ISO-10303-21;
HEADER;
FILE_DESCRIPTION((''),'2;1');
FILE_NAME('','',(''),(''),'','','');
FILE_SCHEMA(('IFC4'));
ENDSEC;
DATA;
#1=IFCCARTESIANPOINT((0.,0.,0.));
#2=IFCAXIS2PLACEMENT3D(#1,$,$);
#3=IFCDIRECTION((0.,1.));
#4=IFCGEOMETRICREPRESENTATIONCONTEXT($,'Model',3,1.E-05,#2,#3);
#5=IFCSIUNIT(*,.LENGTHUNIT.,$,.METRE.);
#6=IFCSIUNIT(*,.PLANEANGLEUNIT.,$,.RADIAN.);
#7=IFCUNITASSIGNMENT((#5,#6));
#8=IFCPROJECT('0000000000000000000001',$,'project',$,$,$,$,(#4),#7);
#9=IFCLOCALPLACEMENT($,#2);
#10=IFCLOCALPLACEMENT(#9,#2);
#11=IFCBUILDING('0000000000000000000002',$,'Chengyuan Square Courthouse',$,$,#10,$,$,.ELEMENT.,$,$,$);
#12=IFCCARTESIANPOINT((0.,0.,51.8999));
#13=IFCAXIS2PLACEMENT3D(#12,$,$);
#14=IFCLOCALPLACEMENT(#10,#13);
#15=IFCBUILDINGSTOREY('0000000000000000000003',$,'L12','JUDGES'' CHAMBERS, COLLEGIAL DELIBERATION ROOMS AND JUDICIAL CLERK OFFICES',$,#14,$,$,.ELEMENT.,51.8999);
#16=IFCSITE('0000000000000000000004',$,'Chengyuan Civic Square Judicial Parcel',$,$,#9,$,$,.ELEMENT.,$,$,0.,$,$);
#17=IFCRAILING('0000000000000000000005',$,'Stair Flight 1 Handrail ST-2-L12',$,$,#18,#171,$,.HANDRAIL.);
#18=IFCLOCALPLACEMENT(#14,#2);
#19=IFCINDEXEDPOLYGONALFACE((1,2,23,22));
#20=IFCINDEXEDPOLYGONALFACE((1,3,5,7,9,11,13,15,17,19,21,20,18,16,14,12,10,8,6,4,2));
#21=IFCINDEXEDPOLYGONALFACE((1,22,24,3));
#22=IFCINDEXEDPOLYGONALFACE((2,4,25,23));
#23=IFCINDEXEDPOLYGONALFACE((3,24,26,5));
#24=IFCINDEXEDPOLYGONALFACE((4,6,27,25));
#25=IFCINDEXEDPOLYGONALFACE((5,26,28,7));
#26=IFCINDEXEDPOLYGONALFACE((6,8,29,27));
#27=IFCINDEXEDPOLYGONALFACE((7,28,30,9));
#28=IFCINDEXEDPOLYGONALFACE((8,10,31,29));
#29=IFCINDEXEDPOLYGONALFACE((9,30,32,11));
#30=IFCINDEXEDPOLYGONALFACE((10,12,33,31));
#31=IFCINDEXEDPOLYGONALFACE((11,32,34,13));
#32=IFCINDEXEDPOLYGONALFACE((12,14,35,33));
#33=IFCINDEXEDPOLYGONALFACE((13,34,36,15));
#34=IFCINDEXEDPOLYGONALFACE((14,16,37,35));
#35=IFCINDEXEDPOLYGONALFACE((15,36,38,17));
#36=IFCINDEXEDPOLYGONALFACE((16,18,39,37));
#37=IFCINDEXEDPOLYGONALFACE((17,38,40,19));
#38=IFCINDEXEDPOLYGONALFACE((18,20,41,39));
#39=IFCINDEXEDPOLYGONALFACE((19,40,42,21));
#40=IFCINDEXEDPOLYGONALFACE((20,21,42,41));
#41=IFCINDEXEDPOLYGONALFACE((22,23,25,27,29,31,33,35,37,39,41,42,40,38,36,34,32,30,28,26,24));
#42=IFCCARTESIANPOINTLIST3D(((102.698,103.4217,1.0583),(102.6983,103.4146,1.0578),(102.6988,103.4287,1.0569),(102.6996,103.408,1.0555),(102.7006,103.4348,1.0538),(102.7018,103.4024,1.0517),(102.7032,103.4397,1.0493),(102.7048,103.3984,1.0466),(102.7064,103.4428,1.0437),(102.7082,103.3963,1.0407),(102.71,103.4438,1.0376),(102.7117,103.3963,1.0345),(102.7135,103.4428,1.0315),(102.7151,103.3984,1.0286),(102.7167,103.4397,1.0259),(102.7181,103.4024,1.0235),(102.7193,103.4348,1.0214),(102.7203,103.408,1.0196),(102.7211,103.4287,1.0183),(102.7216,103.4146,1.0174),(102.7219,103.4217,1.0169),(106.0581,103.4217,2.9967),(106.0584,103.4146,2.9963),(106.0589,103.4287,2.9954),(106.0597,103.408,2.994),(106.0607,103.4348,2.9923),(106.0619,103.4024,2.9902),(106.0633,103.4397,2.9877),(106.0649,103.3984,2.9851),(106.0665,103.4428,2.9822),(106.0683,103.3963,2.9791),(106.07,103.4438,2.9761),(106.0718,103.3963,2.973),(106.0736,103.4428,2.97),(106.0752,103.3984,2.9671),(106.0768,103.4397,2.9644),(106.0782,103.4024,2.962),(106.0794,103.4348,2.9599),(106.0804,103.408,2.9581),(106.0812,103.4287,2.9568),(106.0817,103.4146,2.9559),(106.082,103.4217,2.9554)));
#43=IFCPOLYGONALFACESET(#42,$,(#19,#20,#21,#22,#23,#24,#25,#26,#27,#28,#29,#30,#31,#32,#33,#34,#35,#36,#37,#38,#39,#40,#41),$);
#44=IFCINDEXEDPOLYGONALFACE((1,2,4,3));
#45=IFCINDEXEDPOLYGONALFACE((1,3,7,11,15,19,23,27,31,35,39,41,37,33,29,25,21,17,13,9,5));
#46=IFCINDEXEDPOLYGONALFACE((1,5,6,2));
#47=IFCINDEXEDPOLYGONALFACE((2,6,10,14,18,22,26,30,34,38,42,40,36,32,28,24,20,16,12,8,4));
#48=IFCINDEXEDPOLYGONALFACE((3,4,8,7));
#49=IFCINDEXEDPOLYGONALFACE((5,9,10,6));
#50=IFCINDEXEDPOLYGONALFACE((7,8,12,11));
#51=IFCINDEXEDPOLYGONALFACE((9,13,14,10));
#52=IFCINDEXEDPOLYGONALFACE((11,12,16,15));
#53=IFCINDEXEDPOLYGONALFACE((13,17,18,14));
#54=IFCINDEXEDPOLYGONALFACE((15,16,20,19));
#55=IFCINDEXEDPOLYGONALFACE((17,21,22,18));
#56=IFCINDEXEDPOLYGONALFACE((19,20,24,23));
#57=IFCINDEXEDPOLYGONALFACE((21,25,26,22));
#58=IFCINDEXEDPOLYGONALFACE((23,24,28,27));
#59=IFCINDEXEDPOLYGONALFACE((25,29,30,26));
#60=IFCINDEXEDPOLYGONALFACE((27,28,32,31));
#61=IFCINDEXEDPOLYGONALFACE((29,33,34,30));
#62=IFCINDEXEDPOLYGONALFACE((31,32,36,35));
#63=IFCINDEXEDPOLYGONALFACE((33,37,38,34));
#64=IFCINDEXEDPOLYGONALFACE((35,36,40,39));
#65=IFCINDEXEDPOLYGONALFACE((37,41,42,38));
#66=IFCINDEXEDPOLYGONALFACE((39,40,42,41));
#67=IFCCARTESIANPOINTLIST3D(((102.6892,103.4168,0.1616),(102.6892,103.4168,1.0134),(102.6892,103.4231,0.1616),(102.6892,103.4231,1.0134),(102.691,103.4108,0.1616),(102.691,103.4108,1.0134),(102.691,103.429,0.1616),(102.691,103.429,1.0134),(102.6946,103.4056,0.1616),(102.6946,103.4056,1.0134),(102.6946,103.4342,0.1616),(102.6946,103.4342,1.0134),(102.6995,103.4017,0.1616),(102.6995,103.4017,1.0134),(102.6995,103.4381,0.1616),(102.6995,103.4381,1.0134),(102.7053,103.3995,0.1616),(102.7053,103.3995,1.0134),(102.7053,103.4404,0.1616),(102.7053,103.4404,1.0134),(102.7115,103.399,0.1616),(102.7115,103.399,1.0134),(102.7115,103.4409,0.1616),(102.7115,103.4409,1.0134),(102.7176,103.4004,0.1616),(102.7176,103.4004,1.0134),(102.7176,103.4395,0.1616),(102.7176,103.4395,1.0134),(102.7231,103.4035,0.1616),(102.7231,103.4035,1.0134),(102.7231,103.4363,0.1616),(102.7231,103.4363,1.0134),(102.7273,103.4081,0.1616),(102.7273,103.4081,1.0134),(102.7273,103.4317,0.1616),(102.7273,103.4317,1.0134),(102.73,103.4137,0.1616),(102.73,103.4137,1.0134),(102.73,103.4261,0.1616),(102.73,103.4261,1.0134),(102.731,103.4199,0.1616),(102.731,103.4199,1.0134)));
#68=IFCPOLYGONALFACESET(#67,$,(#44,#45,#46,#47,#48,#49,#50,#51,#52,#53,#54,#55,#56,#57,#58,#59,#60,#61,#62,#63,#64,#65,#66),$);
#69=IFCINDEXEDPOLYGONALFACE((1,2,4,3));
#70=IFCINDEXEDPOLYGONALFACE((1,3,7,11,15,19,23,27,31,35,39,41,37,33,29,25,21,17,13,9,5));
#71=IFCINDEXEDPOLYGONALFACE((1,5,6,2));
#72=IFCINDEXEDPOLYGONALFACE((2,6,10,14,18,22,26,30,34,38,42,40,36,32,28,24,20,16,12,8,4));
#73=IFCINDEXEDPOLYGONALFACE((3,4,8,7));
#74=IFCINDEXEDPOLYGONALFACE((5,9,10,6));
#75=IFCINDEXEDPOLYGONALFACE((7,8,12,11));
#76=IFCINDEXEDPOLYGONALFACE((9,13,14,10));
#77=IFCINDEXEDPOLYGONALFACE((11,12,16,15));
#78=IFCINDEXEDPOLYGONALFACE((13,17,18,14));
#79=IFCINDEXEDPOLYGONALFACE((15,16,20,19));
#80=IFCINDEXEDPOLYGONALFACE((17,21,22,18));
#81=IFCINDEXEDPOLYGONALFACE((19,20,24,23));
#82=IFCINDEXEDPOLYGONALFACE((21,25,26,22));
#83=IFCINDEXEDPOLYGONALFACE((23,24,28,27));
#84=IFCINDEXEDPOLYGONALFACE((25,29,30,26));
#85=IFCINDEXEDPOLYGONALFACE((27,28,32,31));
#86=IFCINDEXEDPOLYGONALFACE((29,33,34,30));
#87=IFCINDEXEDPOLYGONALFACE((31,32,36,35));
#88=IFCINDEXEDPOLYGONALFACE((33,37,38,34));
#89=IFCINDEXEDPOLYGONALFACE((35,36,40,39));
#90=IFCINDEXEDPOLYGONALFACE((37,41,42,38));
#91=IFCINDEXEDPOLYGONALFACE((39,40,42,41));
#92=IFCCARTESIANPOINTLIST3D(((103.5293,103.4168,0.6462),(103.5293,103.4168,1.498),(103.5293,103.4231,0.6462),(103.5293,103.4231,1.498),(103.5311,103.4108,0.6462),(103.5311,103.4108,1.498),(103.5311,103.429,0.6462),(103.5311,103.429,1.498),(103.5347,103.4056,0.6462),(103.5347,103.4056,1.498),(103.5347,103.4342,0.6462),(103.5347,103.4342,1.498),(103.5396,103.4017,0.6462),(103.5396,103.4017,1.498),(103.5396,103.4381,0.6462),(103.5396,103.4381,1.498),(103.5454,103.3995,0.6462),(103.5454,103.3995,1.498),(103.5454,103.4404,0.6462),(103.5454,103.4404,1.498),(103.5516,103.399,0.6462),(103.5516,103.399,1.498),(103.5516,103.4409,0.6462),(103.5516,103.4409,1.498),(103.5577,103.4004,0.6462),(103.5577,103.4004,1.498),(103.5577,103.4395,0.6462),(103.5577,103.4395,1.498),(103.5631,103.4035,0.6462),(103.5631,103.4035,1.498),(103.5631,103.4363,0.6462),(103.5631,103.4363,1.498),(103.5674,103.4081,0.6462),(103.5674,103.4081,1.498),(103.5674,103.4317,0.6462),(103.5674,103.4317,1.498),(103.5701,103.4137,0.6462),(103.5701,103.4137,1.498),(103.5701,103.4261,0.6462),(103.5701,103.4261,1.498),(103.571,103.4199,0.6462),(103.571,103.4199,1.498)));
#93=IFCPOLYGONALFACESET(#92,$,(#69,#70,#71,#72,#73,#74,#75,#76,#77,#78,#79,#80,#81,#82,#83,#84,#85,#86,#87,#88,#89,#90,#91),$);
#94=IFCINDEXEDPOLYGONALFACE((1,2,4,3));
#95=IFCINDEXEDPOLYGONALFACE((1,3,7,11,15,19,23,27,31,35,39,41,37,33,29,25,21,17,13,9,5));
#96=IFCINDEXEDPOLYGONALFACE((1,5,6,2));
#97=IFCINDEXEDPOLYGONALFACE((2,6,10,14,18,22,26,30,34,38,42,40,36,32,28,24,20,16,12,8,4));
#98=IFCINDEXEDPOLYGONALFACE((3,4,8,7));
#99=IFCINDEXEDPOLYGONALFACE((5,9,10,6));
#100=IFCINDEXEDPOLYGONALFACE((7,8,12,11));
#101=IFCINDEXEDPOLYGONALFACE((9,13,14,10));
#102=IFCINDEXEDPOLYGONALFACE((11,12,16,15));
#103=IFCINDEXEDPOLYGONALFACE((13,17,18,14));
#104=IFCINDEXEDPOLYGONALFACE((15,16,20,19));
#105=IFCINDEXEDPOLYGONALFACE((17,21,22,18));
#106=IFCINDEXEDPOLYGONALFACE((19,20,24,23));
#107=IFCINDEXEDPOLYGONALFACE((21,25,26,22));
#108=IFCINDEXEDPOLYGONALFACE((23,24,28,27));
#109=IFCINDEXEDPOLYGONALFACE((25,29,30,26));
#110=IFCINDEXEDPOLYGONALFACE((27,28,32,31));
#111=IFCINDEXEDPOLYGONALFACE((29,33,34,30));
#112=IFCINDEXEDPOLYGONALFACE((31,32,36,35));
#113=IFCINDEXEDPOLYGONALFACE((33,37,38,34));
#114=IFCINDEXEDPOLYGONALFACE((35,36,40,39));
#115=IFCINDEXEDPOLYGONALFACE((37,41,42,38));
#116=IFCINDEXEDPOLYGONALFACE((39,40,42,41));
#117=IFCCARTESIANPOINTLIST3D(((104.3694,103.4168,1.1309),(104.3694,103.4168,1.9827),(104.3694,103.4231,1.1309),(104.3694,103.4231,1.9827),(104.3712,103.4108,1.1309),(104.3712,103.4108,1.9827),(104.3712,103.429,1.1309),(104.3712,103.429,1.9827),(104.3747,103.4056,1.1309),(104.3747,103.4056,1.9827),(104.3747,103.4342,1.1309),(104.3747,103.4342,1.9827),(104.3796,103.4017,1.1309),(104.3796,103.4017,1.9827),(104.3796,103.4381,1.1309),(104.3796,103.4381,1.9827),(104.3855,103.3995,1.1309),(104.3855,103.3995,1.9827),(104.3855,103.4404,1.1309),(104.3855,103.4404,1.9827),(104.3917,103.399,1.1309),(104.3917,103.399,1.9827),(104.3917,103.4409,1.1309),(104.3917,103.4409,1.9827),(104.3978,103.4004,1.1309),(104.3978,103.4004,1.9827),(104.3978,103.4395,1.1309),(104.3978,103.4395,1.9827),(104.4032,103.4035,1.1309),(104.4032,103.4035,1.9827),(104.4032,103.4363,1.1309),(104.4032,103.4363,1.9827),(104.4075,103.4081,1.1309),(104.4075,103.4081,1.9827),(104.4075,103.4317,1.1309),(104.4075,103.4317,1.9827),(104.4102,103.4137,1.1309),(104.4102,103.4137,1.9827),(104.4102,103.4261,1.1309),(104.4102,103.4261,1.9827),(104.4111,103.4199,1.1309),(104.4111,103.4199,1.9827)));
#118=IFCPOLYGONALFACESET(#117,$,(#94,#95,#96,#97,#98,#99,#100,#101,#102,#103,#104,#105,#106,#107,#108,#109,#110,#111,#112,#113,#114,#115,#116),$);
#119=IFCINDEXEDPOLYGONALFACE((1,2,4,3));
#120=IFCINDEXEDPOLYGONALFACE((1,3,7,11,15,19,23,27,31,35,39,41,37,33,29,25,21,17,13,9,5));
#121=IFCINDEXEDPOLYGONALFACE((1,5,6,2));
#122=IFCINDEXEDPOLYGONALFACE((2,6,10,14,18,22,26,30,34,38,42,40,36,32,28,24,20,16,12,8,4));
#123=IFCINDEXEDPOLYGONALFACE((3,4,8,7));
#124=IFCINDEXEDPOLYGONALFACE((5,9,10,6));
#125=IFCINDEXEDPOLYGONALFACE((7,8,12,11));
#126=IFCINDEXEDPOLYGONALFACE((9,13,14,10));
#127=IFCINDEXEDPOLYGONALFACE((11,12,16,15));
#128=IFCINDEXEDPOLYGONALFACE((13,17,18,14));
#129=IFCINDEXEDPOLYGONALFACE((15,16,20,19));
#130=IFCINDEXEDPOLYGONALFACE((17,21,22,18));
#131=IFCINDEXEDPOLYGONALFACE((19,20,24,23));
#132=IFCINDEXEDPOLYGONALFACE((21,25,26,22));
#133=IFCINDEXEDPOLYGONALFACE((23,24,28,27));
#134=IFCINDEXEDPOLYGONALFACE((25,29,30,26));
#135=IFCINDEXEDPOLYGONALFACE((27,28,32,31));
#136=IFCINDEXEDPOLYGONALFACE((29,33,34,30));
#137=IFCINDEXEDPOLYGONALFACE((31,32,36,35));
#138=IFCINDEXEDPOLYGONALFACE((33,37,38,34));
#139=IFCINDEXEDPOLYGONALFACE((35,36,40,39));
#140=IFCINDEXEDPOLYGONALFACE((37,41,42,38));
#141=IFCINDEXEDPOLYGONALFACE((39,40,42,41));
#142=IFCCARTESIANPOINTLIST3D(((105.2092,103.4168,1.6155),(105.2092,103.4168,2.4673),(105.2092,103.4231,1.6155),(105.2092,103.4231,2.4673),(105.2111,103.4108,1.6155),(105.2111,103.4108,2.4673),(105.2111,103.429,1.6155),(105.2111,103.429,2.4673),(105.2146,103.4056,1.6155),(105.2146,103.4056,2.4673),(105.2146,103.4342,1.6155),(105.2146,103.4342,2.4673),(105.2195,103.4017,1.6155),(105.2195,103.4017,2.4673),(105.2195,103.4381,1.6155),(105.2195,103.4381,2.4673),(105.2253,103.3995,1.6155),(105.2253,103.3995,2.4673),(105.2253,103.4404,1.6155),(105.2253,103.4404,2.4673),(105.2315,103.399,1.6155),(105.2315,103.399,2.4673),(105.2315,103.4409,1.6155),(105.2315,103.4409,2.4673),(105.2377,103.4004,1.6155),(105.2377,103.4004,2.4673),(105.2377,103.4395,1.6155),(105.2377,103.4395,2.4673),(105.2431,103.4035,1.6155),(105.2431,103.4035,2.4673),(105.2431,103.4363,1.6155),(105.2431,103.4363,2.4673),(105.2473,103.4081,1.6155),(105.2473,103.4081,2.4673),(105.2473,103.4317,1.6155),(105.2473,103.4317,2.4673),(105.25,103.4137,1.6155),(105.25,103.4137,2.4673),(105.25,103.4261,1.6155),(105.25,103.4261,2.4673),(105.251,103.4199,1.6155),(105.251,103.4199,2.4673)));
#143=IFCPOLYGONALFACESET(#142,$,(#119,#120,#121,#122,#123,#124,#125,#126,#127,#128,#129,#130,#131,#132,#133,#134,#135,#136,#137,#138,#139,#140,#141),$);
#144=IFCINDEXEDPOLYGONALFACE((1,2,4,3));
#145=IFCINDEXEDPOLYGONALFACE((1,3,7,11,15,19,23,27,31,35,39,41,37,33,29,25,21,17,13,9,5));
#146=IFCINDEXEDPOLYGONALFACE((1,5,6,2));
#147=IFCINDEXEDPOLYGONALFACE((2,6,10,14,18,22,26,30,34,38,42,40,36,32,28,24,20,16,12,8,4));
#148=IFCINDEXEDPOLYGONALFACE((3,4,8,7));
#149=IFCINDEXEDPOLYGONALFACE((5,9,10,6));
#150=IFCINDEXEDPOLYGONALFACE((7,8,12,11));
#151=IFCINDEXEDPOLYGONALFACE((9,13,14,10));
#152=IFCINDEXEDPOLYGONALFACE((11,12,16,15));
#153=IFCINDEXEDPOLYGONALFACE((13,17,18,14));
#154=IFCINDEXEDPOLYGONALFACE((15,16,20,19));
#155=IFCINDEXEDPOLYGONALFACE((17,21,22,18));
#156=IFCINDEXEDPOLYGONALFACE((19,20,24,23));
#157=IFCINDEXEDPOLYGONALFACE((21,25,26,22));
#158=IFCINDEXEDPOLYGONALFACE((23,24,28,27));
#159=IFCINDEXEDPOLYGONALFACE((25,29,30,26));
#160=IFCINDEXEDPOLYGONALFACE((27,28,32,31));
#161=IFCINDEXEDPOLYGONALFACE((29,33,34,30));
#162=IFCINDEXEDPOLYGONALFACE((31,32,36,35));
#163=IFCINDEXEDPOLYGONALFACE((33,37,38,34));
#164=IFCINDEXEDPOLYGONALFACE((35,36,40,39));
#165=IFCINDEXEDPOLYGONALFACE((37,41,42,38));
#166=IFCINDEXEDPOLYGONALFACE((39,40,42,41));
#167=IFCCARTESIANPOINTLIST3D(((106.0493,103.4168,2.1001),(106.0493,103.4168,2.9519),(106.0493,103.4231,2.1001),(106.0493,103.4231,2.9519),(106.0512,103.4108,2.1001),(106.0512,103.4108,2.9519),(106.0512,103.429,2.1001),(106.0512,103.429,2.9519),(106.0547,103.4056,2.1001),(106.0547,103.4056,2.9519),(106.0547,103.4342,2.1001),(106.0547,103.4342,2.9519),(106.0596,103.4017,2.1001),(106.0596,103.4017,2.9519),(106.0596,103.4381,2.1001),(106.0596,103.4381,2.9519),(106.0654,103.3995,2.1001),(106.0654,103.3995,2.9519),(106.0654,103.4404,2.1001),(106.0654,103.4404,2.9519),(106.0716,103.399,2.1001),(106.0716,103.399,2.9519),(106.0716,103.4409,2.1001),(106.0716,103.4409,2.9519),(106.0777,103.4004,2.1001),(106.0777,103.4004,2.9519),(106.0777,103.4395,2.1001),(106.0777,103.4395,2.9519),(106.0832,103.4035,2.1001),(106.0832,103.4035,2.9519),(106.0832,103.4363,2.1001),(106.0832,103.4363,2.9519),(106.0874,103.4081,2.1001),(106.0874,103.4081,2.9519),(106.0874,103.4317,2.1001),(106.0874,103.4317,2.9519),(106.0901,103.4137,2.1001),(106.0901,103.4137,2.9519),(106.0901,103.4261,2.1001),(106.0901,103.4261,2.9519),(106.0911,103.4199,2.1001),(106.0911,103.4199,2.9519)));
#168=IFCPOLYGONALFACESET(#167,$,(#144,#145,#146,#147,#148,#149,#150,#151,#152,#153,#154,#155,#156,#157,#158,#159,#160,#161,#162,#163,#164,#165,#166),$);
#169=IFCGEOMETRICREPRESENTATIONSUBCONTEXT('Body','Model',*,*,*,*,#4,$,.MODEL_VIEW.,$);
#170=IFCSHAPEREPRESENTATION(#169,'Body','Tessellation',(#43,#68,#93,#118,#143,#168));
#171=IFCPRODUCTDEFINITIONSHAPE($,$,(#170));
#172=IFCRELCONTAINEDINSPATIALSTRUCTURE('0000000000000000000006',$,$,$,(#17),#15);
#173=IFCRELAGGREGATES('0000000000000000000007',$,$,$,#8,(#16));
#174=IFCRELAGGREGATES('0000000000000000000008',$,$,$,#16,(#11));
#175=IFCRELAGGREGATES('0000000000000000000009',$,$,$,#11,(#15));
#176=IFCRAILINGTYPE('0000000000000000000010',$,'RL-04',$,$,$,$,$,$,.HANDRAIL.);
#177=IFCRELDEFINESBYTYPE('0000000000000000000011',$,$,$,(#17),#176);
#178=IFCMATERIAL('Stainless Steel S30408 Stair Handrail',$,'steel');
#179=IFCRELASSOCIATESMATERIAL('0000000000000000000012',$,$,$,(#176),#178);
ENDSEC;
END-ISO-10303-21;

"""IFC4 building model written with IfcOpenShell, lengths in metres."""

from ifc_helpers import new_model, si_unit, direction, frame, origin, origin_2d, place, context, subcontext, project, spatial, circle, extrude, material, type_object, element, save


model = new_model("IFC4")

# Units and contexts
model_context = context("Model", 3, precision=1e-05, world=origin(), true_north=direction((0.0, 1.0)))
body_context = subcontext(model_context, "Body", "Model", "MODEL_VIEW")
ifc_project = project(units=[si_unit("LENGTHUNIT", "METRE"), si_unit("PLANEANGLEUNIT", "RADIAN")], contexts=[model_context])

# Site, building, storey
site_placement = place(None, origin())
site = spatial("IfcSite", under=ifc_project, at=site_placement, Name="Chengyuan Civic Square Judicial Parcel", CompositionType="ELEMENT", RefElevation=0.0)
building_placement = place(site_placement, origin())
building = spatial("IfcBuilding", under=site, at=building_placement, Name="Chengyuan Square Courthouse", CompositionType="ELEMENT")
storey_placement = place(building_placement, frame((0.0, 0.0, 51.8999)))
storey = spatial("IfcBuildingStorey", under=building, at=storey_placement, Name="L12", Description="JUDGES' CHAMBERS, COLLEGIAL DELIBERATION ROOMS AND JUDICIAL CLERK OFFICES", CompositionType="ELEMENT", Elevation=51.8999)

# Railing
ifc_material_1 = material(Name="Stainless Steel S30408 Stair Handrail", Category="steel")
railing_type_1 = type_object("IfcRailingType", Name="RL-04", PredefinedType="HANDRAIL", material=ifc_material_1)
railing_1_placement = place(storey_placement, frame((102.71, 103.4199, 0.1616)))
element("IfcRailing", 1, at=railing_1_placement, inside=storey, type_object=railing_type_1, Name="Stair Flight 1 Handrail ST-2-L12", PredefinedType="HANDRAIL", context=body_context, shape_type="SweptSolid", body=[
    extrude(circle(Radius=0.0239, at=origin_2d()), frame((0.0, 0.0, 0.876), z_axis=(0.866191, 0.0, 0.499713), x_axis=(0.0, 1.0, 0.0)), (0.0, 0.0, 1.0), 3.8792),
    extrude(circle(Radius=0.021, at=origin_2d()), origin(), (0.0, 0.0, 1.0), 0.8518),
    extrude(circle(Radius=0.021, at=origin_2d()), frame((0.8401, 0.0, 0.4846)), (0.0, 0.0, 1.0), 0.8518),
    extrude(circle(Radius=0.021, at=origin_2d()), frame((1.6802, 0.0, 0.9692)), (0.0, 0.0, 1.0), 0.8518),
    extrude(circle(Radius=0.021, at=origin_2d()), frame((2.52, 0.0, 1.4539)), (0.0, 0.0, 1.0), 0.8518),
    extrude(circle(Radius=0.021, at=origin_2d()), frame((3.3601, 0.0, 1.9385)), (0.0, 0.0, 1.0), 0.8518),
])

save(model, "model.ifc")
